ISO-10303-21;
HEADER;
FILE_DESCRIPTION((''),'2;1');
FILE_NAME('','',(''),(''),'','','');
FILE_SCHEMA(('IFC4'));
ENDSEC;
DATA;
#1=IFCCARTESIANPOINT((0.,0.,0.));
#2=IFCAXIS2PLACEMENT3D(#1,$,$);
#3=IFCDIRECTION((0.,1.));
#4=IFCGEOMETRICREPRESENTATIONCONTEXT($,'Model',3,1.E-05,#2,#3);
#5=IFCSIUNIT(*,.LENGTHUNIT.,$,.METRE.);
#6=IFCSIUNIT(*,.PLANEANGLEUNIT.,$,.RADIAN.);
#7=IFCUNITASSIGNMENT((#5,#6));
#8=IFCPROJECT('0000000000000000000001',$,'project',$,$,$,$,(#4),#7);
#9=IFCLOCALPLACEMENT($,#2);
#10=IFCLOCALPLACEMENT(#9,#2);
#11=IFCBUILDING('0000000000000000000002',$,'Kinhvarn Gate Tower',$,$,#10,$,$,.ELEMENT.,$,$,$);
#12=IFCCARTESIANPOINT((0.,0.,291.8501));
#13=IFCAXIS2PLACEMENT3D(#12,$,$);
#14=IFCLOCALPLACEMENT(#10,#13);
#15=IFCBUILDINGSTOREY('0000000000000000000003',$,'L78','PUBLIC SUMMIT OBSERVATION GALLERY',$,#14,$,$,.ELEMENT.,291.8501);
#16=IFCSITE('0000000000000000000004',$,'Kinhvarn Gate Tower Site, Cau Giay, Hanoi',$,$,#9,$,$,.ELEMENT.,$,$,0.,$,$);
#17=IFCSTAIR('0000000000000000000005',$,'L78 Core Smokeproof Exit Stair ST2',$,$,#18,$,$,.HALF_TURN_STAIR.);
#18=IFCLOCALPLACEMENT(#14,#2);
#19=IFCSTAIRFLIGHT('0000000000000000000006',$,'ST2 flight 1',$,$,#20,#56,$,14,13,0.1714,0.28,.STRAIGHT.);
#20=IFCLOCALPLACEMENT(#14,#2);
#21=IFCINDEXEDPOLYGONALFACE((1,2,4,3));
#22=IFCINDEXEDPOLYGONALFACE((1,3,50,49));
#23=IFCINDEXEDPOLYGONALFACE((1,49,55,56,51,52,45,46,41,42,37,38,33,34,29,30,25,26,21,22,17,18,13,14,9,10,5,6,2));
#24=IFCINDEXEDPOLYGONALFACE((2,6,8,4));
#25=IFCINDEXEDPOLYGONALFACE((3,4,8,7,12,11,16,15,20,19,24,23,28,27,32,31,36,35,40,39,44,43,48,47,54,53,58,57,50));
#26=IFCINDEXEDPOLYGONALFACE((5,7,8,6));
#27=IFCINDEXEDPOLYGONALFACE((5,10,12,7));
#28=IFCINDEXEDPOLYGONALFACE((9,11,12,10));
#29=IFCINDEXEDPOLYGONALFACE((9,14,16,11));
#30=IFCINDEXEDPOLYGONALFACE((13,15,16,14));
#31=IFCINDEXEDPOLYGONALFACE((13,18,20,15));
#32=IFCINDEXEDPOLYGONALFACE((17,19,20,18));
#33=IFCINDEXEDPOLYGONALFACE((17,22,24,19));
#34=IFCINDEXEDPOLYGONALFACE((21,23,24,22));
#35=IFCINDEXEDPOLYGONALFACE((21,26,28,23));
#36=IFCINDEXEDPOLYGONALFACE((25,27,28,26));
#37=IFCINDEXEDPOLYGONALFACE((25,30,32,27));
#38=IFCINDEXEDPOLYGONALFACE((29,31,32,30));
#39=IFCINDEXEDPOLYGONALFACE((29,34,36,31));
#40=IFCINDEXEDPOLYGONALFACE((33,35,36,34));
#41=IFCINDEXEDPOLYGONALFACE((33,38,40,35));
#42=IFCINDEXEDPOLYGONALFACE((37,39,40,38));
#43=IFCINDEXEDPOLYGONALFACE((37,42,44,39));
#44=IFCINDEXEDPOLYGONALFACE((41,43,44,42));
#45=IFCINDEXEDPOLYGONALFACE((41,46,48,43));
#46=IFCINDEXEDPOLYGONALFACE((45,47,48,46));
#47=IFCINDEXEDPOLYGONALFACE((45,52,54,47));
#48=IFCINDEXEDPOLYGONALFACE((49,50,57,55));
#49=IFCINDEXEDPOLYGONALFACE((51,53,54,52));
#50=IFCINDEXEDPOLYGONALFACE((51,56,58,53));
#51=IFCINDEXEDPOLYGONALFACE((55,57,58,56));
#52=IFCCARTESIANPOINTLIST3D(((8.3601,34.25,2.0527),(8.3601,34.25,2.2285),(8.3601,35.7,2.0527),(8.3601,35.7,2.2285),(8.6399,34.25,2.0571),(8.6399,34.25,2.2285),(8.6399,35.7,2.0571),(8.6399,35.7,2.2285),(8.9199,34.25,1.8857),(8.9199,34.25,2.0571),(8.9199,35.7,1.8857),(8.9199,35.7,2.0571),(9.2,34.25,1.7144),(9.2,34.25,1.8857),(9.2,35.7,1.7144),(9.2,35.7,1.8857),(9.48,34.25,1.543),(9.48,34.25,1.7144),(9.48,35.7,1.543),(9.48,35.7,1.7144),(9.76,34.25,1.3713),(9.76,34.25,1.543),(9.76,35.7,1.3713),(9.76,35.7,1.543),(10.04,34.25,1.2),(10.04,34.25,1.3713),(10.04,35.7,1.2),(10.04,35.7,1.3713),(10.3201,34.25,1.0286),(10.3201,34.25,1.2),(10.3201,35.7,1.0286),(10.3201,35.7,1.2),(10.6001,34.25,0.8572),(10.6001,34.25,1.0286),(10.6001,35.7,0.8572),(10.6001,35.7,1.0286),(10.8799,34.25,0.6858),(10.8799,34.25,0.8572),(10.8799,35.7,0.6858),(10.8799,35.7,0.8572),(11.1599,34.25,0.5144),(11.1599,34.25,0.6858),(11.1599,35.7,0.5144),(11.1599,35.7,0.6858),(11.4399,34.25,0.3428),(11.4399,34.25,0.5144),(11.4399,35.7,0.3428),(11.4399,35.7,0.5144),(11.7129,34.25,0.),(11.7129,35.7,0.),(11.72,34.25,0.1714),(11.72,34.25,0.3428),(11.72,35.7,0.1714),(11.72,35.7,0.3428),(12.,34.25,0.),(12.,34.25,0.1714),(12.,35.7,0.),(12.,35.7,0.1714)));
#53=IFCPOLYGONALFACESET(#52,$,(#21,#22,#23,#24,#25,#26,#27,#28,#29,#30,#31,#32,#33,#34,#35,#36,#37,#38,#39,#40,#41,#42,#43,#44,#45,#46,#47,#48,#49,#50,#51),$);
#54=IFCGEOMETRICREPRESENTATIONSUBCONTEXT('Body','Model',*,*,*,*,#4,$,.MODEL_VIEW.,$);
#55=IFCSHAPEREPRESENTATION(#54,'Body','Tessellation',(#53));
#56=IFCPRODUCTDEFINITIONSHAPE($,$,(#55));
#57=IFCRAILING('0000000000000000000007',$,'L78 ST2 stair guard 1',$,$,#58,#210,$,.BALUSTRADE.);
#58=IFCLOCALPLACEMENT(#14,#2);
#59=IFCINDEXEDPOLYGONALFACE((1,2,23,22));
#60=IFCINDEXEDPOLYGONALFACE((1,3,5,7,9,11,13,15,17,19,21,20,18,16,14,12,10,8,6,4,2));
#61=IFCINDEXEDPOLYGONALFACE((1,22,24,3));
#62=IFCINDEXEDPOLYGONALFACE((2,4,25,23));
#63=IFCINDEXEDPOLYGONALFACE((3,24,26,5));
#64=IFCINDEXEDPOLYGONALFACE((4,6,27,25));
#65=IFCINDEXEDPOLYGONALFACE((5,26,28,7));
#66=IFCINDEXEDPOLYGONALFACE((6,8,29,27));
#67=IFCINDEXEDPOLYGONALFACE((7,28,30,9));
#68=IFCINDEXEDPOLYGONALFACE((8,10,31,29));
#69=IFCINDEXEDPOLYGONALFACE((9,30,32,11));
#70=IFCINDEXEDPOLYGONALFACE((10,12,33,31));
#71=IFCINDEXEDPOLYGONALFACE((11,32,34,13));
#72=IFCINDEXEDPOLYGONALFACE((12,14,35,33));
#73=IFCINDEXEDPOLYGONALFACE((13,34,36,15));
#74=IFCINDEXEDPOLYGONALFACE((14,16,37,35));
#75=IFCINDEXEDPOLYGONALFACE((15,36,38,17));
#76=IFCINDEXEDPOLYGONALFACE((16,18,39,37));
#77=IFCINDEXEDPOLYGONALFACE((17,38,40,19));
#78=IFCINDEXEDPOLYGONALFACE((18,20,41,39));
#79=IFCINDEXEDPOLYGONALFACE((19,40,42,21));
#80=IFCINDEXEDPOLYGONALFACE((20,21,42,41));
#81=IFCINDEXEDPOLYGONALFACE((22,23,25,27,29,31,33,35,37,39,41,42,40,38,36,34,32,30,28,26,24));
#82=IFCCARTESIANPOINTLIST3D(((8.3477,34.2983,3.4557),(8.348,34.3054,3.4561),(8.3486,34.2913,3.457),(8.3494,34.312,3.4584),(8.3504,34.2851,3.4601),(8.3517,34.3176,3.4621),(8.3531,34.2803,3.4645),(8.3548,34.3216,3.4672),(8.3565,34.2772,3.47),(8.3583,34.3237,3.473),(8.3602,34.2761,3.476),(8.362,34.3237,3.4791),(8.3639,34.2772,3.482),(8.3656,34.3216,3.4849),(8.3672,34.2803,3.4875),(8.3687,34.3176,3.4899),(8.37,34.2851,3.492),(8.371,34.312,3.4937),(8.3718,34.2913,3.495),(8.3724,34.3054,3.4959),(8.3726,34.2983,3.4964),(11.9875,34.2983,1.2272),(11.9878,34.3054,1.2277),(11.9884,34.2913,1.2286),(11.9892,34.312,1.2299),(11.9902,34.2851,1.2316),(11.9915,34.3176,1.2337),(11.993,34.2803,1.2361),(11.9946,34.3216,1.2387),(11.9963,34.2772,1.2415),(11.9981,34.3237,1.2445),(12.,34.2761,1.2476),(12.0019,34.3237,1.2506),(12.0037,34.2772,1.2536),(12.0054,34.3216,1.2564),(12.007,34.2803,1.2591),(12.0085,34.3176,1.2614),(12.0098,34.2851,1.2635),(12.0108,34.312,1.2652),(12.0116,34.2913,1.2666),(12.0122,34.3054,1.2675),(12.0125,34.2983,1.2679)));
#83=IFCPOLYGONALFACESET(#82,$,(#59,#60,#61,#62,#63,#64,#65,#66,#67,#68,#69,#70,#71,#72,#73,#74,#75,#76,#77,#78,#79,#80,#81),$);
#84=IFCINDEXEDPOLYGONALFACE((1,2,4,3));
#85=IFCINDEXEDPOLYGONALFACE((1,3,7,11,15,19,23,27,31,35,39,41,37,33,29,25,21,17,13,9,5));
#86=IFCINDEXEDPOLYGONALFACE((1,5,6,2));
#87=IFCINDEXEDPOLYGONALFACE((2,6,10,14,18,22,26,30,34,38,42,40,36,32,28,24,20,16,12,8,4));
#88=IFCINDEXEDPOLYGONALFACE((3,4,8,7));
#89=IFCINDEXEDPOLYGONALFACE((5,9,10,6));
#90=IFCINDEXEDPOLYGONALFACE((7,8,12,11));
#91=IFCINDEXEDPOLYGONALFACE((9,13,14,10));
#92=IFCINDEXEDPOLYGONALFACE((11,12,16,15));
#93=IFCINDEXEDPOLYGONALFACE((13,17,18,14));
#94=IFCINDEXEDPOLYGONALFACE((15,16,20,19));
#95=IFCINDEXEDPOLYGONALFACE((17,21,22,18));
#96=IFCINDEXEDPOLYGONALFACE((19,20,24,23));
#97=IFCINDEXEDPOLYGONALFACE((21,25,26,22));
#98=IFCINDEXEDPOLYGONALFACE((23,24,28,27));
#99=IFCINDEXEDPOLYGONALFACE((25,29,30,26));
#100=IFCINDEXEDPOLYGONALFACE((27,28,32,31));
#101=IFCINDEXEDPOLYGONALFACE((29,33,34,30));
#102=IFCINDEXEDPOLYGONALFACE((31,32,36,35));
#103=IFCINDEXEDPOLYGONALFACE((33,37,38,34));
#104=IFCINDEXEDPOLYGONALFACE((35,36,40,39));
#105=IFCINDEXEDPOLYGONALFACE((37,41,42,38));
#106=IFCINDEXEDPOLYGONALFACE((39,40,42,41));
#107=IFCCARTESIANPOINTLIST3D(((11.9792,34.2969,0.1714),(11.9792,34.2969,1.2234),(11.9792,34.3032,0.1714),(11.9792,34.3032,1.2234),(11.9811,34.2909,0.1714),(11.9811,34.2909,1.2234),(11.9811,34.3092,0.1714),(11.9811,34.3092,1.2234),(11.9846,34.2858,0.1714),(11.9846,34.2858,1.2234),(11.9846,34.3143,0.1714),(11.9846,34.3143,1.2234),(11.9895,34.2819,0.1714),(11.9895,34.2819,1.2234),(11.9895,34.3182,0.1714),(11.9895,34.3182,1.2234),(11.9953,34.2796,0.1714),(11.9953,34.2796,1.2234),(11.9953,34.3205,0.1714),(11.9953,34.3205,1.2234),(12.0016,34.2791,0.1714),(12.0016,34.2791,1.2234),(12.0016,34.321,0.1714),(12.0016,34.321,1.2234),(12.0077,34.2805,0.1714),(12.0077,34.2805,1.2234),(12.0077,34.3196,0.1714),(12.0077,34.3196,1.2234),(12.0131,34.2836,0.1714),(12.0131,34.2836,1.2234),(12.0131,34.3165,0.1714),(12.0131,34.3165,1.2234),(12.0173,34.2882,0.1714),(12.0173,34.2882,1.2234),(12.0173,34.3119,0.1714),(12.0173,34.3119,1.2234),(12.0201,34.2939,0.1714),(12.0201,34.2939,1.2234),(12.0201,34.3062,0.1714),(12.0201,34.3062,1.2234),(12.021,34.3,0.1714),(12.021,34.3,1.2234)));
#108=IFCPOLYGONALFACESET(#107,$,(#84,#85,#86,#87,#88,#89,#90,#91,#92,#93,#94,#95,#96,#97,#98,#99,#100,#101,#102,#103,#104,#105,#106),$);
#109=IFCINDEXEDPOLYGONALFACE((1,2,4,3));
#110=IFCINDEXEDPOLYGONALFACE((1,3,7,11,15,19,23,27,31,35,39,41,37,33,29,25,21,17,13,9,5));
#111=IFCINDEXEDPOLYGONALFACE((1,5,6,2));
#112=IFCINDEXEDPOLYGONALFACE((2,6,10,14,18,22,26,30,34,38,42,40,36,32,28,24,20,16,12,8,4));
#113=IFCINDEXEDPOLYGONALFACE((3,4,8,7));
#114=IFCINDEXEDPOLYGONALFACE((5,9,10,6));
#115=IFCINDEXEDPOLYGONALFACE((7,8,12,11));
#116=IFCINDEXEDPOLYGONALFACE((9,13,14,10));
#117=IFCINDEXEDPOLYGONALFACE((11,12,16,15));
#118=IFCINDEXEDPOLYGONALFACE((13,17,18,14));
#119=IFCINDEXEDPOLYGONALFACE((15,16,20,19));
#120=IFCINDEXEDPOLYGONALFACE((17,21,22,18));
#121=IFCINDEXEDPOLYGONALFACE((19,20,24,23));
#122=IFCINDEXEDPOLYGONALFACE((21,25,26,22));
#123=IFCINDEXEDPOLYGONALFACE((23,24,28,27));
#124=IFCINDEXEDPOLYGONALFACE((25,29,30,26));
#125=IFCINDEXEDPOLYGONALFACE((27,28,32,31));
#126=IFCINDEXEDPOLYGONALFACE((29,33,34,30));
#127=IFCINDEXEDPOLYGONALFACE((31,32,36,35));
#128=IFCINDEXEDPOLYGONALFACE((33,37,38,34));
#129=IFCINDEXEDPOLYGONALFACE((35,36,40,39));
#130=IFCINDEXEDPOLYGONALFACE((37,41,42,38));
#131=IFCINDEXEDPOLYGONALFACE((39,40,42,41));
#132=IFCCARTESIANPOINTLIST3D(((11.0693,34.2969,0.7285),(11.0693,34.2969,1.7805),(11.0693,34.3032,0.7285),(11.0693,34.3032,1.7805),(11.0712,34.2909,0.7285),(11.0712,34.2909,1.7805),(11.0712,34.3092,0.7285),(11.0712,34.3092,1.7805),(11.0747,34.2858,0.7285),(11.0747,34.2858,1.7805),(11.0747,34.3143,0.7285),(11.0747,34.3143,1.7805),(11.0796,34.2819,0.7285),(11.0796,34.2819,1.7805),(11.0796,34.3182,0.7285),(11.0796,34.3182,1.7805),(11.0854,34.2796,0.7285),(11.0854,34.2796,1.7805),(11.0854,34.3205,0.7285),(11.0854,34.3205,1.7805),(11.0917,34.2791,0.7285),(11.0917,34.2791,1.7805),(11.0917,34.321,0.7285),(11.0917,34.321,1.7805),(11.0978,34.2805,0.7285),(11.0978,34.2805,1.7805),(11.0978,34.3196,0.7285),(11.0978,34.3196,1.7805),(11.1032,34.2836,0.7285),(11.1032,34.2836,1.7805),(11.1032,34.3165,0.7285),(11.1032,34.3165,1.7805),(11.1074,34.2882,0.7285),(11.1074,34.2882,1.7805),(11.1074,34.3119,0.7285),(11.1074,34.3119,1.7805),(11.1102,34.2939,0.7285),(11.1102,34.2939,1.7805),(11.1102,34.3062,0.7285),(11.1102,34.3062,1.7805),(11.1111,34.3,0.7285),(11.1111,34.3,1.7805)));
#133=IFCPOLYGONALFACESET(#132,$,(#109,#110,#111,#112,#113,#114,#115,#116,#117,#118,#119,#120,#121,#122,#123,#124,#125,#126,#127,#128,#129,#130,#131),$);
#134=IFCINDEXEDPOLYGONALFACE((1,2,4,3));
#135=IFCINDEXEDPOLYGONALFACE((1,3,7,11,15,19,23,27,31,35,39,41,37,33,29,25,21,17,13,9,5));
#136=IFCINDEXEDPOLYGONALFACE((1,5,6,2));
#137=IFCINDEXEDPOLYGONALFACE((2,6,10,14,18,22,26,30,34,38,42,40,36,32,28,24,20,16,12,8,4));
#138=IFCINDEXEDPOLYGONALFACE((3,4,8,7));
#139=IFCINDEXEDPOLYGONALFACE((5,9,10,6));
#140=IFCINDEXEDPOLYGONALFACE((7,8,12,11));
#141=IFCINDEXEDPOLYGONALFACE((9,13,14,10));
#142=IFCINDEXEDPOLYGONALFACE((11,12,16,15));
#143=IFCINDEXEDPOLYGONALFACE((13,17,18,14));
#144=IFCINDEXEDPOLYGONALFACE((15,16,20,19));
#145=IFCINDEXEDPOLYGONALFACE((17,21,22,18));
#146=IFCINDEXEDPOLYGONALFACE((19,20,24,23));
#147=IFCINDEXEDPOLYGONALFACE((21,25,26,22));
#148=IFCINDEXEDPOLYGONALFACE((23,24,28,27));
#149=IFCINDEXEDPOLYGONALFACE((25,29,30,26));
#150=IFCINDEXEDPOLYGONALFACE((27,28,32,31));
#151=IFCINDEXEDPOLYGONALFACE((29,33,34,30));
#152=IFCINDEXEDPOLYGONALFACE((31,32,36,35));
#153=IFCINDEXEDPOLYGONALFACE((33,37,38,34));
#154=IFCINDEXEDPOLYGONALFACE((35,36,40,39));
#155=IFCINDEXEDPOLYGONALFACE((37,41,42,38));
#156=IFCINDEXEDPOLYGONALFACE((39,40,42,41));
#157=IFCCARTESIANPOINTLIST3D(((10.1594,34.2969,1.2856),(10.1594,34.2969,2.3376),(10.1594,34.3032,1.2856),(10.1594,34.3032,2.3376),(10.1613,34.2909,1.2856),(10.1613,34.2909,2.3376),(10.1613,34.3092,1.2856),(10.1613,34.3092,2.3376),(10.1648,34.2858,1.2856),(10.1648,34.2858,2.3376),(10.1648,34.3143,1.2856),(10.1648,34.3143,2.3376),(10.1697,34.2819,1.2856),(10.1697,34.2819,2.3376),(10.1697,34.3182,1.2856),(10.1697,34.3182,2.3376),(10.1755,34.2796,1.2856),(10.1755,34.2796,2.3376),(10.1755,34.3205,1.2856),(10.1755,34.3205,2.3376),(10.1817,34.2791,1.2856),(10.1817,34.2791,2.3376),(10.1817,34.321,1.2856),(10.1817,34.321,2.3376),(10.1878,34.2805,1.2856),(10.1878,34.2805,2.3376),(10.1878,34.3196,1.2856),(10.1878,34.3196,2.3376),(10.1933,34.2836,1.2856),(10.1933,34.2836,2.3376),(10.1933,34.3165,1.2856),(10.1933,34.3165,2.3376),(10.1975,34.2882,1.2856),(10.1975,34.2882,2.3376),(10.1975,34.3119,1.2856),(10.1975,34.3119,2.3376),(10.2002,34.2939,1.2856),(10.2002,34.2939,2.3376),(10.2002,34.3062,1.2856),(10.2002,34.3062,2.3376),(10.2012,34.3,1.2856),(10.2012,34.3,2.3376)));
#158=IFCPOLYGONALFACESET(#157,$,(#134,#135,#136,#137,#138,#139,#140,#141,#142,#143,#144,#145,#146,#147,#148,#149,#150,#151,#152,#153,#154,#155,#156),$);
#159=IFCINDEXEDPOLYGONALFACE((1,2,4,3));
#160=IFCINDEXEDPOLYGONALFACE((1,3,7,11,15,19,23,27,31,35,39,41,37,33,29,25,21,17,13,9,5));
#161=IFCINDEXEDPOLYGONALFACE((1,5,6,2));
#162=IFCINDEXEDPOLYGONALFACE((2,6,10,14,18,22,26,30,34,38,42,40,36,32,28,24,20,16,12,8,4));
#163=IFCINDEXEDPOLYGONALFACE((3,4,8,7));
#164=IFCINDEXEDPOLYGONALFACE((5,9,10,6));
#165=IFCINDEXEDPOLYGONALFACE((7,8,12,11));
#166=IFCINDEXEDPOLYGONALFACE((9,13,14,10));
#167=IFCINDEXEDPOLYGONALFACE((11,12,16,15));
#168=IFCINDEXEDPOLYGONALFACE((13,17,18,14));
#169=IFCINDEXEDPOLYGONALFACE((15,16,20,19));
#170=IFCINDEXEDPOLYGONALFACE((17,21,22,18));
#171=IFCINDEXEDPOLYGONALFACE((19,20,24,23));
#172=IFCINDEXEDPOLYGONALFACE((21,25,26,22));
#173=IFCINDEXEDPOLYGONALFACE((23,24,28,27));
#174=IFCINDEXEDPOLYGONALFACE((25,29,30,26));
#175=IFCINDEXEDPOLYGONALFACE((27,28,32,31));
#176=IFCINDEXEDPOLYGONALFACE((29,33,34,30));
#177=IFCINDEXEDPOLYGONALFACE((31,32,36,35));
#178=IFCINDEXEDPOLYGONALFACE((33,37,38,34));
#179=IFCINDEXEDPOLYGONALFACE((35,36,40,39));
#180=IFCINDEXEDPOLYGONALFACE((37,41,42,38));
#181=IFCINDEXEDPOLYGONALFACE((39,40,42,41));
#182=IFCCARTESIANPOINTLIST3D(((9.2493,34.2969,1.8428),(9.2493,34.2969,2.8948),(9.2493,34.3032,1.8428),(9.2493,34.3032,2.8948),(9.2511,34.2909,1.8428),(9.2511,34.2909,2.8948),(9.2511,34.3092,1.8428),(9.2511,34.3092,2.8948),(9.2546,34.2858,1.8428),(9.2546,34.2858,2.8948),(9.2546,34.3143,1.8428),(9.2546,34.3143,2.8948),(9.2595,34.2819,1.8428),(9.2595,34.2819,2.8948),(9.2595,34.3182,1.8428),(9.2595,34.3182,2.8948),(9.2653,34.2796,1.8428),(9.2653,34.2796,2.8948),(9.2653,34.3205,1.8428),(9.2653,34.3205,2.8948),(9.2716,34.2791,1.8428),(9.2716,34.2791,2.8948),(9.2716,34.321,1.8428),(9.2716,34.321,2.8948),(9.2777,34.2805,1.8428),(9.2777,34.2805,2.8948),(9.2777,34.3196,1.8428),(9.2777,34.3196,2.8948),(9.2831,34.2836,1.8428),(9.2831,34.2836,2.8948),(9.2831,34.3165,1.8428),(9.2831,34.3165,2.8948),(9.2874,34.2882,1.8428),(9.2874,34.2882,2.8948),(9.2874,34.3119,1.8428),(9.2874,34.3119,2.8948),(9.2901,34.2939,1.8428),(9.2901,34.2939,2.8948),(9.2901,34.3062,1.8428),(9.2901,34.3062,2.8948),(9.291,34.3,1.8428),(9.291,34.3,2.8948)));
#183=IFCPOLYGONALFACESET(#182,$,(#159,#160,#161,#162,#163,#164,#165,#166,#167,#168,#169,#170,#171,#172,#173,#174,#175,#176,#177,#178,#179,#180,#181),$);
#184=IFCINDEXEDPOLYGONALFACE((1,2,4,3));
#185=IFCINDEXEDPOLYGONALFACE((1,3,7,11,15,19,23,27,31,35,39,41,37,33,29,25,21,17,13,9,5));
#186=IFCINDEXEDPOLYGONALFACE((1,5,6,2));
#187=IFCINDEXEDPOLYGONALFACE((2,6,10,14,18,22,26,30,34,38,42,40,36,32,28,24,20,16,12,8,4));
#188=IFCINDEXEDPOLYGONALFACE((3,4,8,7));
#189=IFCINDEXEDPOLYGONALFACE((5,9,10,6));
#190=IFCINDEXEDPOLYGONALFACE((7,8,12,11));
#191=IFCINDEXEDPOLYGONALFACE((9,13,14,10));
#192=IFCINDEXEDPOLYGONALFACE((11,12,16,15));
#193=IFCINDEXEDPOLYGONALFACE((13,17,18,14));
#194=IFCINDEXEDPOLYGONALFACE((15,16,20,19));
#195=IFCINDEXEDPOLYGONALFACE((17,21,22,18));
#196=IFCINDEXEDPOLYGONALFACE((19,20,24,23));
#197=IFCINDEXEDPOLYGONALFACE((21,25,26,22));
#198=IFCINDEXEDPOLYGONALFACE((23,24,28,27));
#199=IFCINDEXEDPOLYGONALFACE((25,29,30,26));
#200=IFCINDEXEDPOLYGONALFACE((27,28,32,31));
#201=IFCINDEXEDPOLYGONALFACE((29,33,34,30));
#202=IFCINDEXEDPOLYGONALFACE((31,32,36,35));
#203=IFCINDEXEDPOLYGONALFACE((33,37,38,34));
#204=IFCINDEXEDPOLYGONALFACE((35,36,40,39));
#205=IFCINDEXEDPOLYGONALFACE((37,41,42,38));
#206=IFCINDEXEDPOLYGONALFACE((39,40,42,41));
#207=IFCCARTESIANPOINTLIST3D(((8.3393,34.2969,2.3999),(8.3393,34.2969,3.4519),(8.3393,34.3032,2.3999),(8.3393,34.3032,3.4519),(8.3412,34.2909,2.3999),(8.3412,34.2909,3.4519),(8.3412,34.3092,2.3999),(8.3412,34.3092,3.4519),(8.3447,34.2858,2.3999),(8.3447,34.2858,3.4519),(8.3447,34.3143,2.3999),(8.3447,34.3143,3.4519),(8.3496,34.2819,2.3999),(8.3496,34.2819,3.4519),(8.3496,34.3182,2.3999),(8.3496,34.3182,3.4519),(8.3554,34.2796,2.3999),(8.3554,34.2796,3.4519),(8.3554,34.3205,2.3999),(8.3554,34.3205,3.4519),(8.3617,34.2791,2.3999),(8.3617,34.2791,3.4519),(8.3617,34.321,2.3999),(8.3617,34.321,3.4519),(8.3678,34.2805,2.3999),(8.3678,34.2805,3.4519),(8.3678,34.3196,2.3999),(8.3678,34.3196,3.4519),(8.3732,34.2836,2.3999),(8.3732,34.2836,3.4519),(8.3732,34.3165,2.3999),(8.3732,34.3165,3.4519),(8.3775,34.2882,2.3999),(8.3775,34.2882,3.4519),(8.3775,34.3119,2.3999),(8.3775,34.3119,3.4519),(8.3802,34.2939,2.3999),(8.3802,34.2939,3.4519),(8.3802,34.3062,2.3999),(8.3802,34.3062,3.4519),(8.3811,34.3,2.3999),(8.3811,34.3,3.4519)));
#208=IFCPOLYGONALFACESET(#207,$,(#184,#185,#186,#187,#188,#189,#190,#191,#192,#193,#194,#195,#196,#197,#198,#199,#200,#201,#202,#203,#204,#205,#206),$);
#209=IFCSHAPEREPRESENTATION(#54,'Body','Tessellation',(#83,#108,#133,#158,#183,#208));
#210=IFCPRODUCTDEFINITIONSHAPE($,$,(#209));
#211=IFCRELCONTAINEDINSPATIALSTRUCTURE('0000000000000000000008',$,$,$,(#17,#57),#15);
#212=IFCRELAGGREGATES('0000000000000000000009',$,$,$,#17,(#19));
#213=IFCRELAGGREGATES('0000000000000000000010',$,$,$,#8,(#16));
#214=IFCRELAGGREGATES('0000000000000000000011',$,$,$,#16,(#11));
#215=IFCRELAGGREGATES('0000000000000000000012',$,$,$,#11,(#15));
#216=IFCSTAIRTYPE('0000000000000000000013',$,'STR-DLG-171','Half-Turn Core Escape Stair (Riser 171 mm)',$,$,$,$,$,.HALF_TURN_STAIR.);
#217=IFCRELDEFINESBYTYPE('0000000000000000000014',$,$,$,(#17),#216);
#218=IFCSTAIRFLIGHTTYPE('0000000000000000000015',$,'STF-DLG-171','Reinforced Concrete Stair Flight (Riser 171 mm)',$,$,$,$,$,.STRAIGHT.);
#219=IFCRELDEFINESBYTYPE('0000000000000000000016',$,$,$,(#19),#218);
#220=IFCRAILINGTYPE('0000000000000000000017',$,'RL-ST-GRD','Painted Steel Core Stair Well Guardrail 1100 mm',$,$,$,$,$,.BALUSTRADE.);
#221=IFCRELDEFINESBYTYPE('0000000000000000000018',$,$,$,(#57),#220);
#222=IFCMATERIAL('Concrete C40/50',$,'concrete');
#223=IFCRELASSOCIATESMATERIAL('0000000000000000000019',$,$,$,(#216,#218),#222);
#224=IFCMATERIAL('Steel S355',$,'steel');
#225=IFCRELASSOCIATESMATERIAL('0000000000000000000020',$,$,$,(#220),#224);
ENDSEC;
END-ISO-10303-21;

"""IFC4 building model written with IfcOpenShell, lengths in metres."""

from ifc_helpers import new_model, si_unit, direction, frame, origin, origin_2d, place, context, subcontext, project, spatial, polyline, circle, outline, extrude, material, type_object, element, aggregate, save


model = new_model("IFC4")

# Units and contexts
model_context = context("Model", 3, precision=1e-05, world=origin(), true_north=direction((0.0, 1.0)))
body_context = subcontext(model_context, "Body", "Model", "MODEL_VIEW")
ifc_project = project(units=[si_unit("LENGTHUNIT", "METRE"), si_unit("PLANEANGLEUNIT", "RADIAN")], contexts=[model_context])

# Site, building, storey
site_placement = place(None, origin())
site = spatial("IfcSite", under=ifc_project, at=site_placement, Name="Kinhvarn Gate Tower Site, Cau Giay, Hanoi", CompositionType="ELEMENT", RefElevation=0.0)
building_placement = place(site_placement, origin())
building = spatial("IfcBuilding", under=site, at=building_placement, Name="Kinhvarn Gate Tower", CompositionType="ELEMENT")
storey_placement = place(building_placement, frame((0.0, 0.0, 291.8501)))
storey = spatial("IfcBuildingStorey", under=building, at=storey_placement, Name="L78", Description="PUBLIC SUMMIT OBSERVATION GALLERY", CompositionType="ELEMENT", Elevation=291.8501)

# Shared definitions
ifc_material_1 = material(Name="Steel S355", Category="steel")

# Stair, stair flight
ifc_material_2 = material(Name="Concrete C40/50", Category="concrete")
stair_type = type_object("IfcStairType", Name="STR-DLG-171", Description="Half-Turn Core Escape Stair (Riser 171 mm)", PredefinedType="HALF_TURN_STAIR", material=ifc_material_2)
stair_placement = place(storey_placement, origin())
stair = element("IfcStair", 1, at=stair_placement, inside=storey, type_object=stair_type, Name="L78 Core Smokeproof Exit Stair ST2", PredefinedType="HALF_TURN_STAIR")
stair_flight_type = type_object("IfcStairFlightType", Name="STF-DLG-171", Description="Reinforced Concrete Stair Flight (Riser 171 mm)", PredefinedType="STRAIGHT", material=ifc_material_2)
stair_flight_placement = place(storey_placement, frame((12.0, 34.9751, 0.0), z_axis=(0.0, 0.0, 1.0), x_axis=(-1.0, 0.0, 0.0)))
stair_flight = element("IfcStairFlight", 2, at=stair_flight_placement, type_object=stair_flight_type, Name="ST2 flight 1", NumberOfRisers=14, NumberOfTreads=13, PredefinedType="STRAIGHT", RiserHeight=0.1714, TreadLength=0.28, context=body_context, shape_type="SweptSolid", body=[
    extrude(outline(polyline([(0.0, 0.0), (0.0, 0.1714), (0.28, 0.1714), (0.28, 0.3428), (0.5601, 0.3428), (0.5601, 0.5144), (0.8401, 0.5144), (0.8401, 0.6858), (1.1201, 0.6858), (1.1201, 0.8572), (1.3999, 0.8572), (1.3999, 1.0286), (1.6799, 1.0286), (1.6799, 1.2), (1.96, 1.2), (1.96, 1.3713), (2.24, 1.3713), (2.24, 1.543), (2.52, 1.543), (2.52, 1.7144), (2.8, 1.7144), (2.8, 1.8857), (3.0801, 1.8857), (3.0801, 2.0571), (3.3601, 2.0571), (3.3601, 2.2285), (3.6399, 2.2285), (3.6399, 2.3999), (3.6399, 2.0527), (0.2871, 0.0), (0.0, 0.0)])), frame((0.0, 0.7251, 0.0), z_axis=(0.0, -1.0, 0.0), x_axis=(1.0, 0.0, 0.0)), (0.0, 0.0, 1.0), 1.45),
])
aggregate(stair, [stair_flight])

# Railing
railing_type_1 = type_object("IfcRailingType", Name="RL-ST-GRD", Description="Painted Steel Core Stair Well Guardrail 1100 mm", PredefinedType="BALUSTRADE", material=ifc_material_1)
railing_1_placement = place(storey_placement, frame((12.0, 34.3, 0.1714)))
element("IfcRailing", 3, at=railing_1_placement, inside=storey, type_object=railing_type_1, Name="L78 ST2 stair guard 1", PredefinedType="BALUSTRADE", context=body_context, shape_type="SweptSolid", body=[
    extrude(circle(Radius=0.0239, at=origin_2d()), frame((0.0, 0.0, 1.0762), z_axis=(-0.85285, 0.0, 0.522156), x_axis=(0.0, -1.0, 0.0)), (0.0, 0.0, 1.0), 4.2678),
    extrude(circle(Radius=0.021, at=origin_2d()), origin(), (0.0, 0.0, 1.0), 1.052),
    extrude(circle(Radius=0.021, at=origin_2d()), frame((-0.9099, 0.0, 0.5571)), (0.0, 0.0, 1.0), 1.052),
    extrude(circle(Radius=0.021, at=origin_2d()), frame((-1.8198, 0.0, 1.1143)), (0.0, 0.0, 1.0), 1.052),
    extrude(circle(Radius=0.021, at=origin_2d()), frame((-2.73, 0.0, 1.6714)), (0.0, 0.0, 1.0), 1.052),
    extrude(circle(Radius=0.021, at=origin_2d()), frame((-3.6399, 0.0, 2.2285)), (0.0, 0.0, 1.0), 1.052),
])

save(model, "model.ifc")
